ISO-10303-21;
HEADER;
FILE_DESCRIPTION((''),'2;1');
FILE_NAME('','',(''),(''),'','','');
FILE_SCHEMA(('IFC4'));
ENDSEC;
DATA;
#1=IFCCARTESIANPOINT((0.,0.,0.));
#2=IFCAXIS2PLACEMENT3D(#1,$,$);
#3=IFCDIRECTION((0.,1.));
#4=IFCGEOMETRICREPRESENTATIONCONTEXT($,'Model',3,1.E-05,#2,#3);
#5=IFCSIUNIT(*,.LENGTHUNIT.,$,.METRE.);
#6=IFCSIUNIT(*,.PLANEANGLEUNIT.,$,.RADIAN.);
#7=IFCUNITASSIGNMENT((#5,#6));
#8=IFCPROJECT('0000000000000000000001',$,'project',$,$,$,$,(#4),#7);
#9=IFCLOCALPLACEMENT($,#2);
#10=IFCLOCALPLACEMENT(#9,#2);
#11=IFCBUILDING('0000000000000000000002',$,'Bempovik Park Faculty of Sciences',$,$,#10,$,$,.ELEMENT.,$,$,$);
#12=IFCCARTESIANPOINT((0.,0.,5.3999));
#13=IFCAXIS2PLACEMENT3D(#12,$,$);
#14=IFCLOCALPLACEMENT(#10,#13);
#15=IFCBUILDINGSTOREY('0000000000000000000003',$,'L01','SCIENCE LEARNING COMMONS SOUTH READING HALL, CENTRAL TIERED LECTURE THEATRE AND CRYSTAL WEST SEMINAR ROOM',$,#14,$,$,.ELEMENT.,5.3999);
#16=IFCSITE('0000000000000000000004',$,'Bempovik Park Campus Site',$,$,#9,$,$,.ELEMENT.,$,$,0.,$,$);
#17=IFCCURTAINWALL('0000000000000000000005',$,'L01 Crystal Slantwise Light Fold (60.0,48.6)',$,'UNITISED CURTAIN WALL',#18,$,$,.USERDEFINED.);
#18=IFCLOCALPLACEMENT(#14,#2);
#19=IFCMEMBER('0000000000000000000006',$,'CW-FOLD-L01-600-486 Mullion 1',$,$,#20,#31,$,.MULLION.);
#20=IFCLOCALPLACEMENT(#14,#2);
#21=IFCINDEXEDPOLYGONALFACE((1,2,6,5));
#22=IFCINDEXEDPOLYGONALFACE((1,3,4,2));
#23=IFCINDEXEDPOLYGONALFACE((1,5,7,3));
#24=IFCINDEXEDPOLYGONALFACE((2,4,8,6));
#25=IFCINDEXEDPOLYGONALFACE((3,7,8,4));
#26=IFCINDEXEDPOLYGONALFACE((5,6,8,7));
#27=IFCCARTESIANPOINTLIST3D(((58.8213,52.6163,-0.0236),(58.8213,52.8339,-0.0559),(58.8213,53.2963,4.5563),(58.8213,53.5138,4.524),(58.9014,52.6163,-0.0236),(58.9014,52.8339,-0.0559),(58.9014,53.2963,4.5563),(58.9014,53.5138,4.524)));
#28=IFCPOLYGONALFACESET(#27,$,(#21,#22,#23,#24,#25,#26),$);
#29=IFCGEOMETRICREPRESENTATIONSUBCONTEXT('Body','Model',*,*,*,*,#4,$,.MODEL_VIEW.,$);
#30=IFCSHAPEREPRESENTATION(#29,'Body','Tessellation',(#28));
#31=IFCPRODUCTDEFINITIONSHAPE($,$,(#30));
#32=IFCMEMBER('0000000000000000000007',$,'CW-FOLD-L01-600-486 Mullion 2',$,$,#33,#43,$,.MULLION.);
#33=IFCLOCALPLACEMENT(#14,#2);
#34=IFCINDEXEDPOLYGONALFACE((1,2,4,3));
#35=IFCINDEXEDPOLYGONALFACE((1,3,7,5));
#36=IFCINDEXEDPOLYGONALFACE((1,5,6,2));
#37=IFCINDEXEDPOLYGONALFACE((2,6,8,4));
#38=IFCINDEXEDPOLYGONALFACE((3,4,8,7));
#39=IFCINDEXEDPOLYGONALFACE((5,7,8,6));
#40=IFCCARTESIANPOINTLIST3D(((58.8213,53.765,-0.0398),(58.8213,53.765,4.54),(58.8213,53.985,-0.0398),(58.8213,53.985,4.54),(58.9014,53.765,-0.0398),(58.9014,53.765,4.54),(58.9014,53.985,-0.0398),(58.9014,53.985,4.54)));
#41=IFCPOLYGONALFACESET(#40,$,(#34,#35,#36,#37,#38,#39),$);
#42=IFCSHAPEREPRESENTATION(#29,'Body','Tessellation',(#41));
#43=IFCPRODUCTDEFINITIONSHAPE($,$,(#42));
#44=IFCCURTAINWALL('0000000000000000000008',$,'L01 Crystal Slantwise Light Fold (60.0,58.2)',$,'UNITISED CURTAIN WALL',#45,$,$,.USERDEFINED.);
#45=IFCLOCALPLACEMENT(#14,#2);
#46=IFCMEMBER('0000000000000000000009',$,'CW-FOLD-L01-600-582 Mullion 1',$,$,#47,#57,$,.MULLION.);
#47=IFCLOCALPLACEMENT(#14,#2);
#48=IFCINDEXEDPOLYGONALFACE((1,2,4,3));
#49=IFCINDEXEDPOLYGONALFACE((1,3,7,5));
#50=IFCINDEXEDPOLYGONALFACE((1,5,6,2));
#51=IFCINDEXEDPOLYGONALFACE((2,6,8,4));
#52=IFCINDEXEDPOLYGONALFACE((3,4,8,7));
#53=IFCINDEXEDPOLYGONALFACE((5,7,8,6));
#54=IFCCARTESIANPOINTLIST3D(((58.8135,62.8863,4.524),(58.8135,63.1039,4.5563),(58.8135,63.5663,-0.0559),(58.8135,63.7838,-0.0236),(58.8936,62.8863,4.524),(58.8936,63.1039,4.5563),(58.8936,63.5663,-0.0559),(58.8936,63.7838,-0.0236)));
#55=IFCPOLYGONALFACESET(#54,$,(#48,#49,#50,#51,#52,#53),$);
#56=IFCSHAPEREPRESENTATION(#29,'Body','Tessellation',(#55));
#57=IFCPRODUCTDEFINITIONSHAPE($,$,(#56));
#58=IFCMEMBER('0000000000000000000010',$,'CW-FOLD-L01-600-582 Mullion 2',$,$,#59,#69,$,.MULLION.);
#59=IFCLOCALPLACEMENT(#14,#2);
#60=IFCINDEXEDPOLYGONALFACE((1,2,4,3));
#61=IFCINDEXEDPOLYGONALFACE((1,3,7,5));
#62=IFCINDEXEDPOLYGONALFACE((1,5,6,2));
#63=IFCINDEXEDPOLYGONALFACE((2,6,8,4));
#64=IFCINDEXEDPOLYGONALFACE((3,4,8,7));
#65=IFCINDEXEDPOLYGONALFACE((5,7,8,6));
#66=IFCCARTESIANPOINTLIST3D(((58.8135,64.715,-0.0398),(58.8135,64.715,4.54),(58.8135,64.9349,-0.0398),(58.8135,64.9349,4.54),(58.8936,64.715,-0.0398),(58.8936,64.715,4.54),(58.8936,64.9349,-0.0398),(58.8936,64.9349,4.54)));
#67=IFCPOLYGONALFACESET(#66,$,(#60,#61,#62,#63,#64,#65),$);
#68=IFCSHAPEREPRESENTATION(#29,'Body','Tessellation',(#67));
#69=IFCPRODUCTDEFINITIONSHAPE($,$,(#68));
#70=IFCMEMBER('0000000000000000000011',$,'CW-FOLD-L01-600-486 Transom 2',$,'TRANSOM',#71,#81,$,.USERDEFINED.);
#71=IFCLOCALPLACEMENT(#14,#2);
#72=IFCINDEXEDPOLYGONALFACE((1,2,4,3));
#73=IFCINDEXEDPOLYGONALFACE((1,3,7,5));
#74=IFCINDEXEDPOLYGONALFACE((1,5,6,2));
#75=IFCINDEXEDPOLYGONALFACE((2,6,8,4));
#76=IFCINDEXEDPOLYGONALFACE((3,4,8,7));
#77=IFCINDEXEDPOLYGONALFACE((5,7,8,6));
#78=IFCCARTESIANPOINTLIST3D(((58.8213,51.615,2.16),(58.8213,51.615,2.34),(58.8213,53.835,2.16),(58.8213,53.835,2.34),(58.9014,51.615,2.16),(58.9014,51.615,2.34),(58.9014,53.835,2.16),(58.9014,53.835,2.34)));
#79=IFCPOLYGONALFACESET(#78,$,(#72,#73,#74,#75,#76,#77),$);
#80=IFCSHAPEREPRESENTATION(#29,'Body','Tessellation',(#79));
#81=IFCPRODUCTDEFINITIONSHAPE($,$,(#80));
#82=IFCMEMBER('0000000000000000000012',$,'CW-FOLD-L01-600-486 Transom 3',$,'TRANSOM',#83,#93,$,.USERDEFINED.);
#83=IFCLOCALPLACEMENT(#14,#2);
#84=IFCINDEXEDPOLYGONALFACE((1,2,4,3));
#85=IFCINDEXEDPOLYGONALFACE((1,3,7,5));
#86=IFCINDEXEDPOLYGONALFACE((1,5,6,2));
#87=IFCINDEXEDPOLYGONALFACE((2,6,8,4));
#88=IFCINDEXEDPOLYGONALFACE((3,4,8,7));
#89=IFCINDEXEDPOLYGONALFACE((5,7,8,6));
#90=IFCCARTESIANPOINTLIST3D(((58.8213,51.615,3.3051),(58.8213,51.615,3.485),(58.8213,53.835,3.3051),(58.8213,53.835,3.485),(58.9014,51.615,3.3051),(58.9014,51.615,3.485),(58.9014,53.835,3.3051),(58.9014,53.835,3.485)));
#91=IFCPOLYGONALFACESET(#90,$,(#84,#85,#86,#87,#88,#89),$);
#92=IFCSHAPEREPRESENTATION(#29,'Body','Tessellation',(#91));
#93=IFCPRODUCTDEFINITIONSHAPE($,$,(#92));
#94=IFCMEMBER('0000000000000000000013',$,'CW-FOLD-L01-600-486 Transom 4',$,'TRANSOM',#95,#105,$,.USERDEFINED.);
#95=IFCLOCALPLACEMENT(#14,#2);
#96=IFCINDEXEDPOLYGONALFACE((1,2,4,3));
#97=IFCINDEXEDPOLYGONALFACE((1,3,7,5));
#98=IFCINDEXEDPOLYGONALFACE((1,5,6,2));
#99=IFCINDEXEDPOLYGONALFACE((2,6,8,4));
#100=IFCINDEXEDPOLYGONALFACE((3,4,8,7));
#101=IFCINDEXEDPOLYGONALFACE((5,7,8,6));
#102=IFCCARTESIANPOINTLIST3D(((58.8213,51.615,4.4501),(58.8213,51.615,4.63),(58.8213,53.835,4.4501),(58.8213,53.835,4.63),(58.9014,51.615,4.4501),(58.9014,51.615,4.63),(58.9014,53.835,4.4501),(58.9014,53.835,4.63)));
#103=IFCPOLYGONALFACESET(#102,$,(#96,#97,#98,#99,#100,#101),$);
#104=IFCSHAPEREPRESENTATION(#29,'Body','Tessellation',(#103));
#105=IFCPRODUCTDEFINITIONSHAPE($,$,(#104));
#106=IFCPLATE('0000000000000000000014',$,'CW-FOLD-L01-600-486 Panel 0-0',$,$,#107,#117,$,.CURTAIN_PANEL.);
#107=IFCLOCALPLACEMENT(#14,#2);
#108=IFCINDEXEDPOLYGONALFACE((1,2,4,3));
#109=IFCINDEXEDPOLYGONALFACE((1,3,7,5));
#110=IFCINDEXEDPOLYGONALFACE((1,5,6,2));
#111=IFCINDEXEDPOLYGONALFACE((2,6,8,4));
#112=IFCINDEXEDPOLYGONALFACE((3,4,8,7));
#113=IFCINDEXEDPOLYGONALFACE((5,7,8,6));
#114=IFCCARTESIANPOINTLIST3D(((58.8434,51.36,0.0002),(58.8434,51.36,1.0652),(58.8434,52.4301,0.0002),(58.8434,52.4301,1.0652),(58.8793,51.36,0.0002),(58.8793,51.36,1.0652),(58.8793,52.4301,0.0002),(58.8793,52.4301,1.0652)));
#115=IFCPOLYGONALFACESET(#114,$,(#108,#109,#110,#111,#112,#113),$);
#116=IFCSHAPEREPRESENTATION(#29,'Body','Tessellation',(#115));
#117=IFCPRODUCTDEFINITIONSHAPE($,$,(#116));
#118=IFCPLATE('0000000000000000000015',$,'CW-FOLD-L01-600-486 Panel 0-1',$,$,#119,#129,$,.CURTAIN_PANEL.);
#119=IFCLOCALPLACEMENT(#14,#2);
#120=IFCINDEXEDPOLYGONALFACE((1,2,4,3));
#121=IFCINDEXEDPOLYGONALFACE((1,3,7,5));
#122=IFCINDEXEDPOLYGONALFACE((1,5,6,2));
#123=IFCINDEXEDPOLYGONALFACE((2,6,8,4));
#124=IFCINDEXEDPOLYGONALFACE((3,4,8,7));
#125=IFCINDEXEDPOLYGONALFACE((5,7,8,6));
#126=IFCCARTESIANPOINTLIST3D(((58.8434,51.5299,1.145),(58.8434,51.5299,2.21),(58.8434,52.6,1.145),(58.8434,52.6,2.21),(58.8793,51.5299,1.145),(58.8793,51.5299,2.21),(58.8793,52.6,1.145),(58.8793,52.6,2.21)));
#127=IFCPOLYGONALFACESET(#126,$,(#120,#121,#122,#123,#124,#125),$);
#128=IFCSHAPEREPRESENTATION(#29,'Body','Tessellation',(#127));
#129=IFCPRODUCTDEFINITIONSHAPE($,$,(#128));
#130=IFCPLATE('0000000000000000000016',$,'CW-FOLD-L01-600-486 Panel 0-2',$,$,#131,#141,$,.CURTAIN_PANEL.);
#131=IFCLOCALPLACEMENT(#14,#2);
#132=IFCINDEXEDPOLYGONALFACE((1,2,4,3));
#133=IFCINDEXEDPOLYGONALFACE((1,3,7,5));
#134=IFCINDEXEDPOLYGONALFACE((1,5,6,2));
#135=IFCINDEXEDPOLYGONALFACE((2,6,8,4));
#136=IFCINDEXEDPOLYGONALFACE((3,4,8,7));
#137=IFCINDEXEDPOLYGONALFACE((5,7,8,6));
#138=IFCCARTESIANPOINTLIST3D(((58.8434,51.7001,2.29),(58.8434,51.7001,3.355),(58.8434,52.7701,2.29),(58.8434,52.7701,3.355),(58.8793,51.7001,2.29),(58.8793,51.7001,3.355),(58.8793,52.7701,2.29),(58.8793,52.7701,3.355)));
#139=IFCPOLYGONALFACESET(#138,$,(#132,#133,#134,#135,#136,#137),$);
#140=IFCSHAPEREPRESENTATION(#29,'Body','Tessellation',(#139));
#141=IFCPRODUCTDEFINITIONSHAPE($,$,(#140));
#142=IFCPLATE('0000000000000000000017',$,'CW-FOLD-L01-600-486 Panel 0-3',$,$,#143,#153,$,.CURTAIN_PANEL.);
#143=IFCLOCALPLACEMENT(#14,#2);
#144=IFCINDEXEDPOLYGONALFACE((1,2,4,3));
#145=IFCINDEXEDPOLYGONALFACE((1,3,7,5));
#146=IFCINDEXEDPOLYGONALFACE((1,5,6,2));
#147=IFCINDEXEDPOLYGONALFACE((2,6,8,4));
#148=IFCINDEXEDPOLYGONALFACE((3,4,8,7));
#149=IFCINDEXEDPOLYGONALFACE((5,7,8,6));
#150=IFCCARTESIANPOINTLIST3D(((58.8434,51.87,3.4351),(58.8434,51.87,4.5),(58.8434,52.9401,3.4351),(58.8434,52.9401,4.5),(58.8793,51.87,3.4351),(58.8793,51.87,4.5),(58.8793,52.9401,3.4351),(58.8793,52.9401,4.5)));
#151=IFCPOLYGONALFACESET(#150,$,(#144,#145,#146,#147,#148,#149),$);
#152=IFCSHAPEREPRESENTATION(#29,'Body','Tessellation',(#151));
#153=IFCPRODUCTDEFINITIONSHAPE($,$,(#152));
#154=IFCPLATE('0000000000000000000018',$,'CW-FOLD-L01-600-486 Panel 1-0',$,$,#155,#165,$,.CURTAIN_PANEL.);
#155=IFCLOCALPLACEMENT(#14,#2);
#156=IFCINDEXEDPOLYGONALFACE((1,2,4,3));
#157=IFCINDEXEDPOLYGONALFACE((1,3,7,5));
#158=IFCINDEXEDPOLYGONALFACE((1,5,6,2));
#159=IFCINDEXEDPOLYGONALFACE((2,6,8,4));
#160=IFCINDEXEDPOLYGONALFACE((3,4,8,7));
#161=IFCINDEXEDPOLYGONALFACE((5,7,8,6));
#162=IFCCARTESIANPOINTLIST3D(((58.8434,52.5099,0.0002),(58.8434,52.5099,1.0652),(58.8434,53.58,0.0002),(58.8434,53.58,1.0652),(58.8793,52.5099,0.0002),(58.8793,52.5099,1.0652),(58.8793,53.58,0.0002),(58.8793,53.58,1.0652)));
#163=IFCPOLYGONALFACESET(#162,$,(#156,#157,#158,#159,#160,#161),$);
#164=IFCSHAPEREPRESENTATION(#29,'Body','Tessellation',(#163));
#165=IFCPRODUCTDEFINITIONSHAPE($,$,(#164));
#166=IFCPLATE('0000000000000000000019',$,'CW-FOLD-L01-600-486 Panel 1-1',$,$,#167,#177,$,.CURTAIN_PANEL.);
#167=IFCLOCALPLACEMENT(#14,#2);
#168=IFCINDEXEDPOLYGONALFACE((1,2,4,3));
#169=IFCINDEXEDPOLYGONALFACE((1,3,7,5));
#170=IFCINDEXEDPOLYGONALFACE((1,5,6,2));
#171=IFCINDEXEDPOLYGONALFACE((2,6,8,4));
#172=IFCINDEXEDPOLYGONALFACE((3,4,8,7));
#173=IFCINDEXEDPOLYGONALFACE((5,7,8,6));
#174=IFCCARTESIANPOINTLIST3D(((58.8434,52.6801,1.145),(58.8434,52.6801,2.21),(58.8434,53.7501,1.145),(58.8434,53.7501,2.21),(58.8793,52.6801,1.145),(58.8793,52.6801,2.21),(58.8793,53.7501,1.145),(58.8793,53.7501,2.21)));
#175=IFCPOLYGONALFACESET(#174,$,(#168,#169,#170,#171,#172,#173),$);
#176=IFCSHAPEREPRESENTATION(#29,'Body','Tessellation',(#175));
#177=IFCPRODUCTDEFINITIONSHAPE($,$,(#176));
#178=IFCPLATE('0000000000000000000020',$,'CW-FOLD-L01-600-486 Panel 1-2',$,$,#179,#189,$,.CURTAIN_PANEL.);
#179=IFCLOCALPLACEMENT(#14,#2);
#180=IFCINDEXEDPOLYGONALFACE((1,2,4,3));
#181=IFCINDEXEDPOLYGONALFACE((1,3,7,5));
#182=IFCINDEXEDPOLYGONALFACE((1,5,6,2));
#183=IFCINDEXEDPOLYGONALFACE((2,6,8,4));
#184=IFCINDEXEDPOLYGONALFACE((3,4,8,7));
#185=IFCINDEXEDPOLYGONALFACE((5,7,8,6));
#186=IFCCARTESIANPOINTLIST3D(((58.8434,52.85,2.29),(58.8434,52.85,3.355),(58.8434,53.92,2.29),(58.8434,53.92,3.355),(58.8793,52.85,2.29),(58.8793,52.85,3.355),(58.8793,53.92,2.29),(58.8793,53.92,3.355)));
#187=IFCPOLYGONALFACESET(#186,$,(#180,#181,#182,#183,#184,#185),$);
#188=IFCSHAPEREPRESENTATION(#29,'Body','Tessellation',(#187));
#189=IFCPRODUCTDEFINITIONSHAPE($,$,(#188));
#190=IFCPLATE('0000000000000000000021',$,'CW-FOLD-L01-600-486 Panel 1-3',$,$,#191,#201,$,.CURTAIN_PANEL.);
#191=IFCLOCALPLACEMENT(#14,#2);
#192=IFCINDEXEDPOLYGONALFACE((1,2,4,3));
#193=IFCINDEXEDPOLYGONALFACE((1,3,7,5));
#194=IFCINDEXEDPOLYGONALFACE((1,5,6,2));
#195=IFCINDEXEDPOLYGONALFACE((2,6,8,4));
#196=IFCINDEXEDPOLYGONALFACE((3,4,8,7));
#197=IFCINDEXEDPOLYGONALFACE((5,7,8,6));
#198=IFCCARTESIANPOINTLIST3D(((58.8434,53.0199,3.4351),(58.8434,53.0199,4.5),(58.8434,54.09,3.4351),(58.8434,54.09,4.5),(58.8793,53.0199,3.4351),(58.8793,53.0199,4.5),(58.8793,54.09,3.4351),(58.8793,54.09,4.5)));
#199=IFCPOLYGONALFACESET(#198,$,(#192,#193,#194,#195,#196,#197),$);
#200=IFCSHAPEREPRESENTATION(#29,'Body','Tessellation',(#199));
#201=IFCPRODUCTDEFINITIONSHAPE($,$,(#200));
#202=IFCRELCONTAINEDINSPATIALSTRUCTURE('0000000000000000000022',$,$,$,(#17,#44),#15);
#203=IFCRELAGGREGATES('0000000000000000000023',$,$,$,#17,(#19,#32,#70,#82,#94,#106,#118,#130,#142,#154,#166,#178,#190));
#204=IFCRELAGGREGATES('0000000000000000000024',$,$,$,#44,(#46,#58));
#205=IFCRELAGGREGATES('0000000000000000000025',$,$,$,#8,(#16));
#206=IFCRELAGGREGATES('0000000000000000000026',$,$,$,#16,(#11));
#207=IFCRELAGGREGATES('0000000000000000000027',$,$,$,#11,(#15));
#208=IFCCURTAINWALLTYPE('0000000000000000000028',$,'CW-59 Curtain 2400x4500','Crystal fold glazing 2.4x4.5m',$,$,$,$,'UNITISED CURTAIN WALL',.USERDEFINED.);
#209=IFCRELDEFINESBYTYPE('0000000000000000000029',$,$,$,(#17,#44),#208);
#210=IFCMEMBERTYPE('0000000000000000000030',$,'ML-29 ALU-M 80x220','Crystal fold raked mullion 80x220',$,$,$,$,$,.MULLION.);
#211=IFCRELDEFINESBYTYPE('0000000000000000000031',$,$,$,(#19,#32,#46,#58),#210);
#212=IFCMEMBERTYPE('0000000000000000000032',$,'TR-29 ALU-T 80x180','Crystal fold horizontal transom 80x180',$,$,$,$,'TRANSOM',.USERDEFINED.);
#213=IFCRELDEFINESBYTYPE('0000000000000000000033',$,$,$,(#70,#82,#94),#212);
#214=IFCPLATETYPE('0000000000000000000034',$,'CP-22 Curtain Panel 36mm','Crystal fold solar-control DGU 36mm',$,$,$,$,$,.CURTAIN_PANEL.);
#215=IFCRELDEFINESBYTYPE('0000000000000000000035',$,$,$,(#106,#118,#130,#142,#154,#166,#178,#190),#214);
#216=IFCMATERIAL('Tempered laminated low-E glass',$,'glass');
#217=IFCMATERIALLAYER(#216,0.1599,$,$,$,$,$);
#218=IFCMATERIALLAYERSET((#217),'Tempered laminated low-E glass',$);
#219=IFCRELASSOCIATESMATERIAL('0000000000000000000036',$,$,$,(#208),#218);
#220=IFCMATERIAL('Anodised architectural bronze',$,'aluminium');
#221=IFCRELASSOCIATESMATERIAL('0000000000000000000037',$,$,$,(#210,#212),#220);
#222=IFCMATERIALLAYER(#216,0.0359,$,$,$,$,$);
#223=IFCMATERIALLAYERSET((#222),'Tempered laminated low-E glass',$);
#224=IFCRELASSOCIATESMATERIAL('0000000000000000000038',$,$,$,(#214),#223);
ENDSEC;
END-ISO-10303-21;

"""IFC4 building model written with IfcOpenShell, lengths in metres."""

from ifc_helpers import new_model, si_unit, direction, frame, origin, origin_2d, place, context, subcontext, project, spatial, rectangle, extrude, material, layer, layer_set, material_profile, profile_set, type_object, element, aggregate, save


model = new_model("IFC4")

# Units and contexts
model_context = context("Model", 3, precision=1e-05, world=origin(), true_north=direction((0.0, 1.0)))
body_context = subcontext(model_context, "Body", "Model", "MODEL_VIEW")
ifc_project = project(units=[si_unit("LENGTHUNIT", "METRE"), si_unit("PLANEANGLEUNIT", "RADIAN")], contexts=[model_context])

# Site, building, storey
site_placement = place(None, origin())
site = spatial("IfcSite", under=ifc_project, at=site_placement, Name="Bempovik Park Campus Site", CompositionType="ELEMENT", RefElevation=0.0)
building_placement = place(site_placement, origin())
building = spatial("IfcBuilding", under=site, at=building_placement, Name="Bempovik Park Faculty of Sciences", CompositionType="ELEMENT")
storey_placement = place(building_placement, frame((0.0, 0.0, 5.3999)))
storey = spatial("IfcBuildingStorey", under=building, at=storey_placement, Name="L01", Description="SCIENCE LEARNING COMMONS SOUTH READING HALL, CENTRAL TIERED LECTURE THEATRE AND CRYSTAL WEST SEMINAR ROOM", CompositionType="ELEMENT", Elevation=5.3999)

# Curtain walls, members
ifc_material_1 = material(Name="Tempered laminated low-E glass", Category="glass")
ifc_layer_1 = layer(ifc_material_1, 0.1599)
ifc_layer_set_1 = layer_set([ifc_layer_1], Name="Tempered laminated low-E glass")
curtain_wall_type = type_object("IfcCurtainWallType", Name="CW-59 Curtain 2400x4500", Description="Crystal fold glazing 2.4x4.5m", ElementType="UNITISED CURTAIN WALL", PredefinedType="USERDEFINED", material=ifc_layer_set_1)
curtain_wall_1_placement = place(storey_placement, origin())
curtain_wall_1 = element("IfcCurtainWall", 1, at=curtain_wall_1_placement, inside=storey, type_object=curtain_wall_type, Name="L01 Crystal Slantwise Light Fold (60.0,48.6)", ObjectType="UNITISED CURTAIN WALL", PredefinedType="USERDEFINED")
ifc_material_2 = material(Name="Anodised architectural bronze", Category="aluminium")
ifc_material_profile_1 = material_profile(ifc_material_2, rectangle(XDim=0.0801, YDim=0.22, at=origin_2d()), Name="ALU-M 80x220")
ifc_profile_set_1 = profile_set([ifc_material_profile_1], Name="Anodised architectural bronze")
member_type_1 = type_object("IfcMemberType", Name="ML-29 ALU-M 80x220", Description="Crystal fold raked mullion 80x220", PredefinedType="MULLION", material=ifc_profile_set_1)
member_1_placement = place(storey_placement, frame((58.8613, 52.7251, -0.0398), z_axis=(0.0, 0.146853, 0.989158), x_axis=(-1.0, 0.0, 0.0)))
member_1 = element("IfcMember", 2, at=member_1_placement, type_object=member_type_1, Name="CW-FOLD-L01-600-486 Mullion 1", PredefinedType="MULLION", context=body_context, shape_type="SweptSolid", body=[
    extrude(rectangle(XDim=0.0801, YDim=0.22, at=origin_2d()), origin(), (0.0, 0.0, 1.0), 4.6301),
])
member_2_placement = place(storey_placement, frame((58.8613, 53.875, -0.0398), z_axis=(0.0, 0.0, 1.0), x_axis=(1.0, 0.0, 0.0)))
member_2 = element("IfcMember", 3, at=member_2_placement, type_object=member_type_1, Name="CW-FOLD-L01-600-486 Mullion 2", PredefinedType="MULLION", context=body_context, shape_type="SweptSolid", body=[
    extrude(rectangle(XDim=0.0801, YDim=0.22, at=origin_2d()), origin(), (0.0, 0.0, 1.0), 4.5798),
])
curtain_wall_2_placement = place(storey_placement, origin())
curtain_wall_2 = element("IfcCurtainWall", 4, at=curtain_wall_2_placement, inside=storey, type_object=curtain_wall_type, Name="L01 Crystal Slantwise Light Fold (60.0,58.2)", ObjectType="UNITISED CURTAIN WALL", PredefinedType="USERDEFINED")
member_3_placement = place(storey_placement, frame((58.8535, 63.675, -0.0398), z_axis=(0.0, -0.146853, 0.989158), x_axis=(1.0, 0.0, 0.0)))
member_3 = element("IfcMember", 5, at=member_3_placement, type_object=member_type_1, Name="CW-FOLD-L01-600-582 Mullion 1", PredefinedType="MULLION", context=body_context, shape_type="SweptSolid", body=[
    extrude(rectangle(XDim=0.0801, YDim=0.22, at=origin_2d()), origin(), (0.0, 0.0, 1.0), 4.6301),
])
member_4_placement = place(storey_placement, frame((58.8535, 64.825, -0.0398), z_axis=(0.0, 0.0, 1.0), x_axis=(1.0, 0.0, 0.0)))
member_4 = element("IfcMember", 6, at=member_4_placement, type_object=member_type_1, Name="CW-FOLD-L01-600-582 Mullion 2", PredefinedType="MULLION", context=body_context, shape_type="SweptSolid", body=[
    extrude(rectangle(XDim=0.0801, YDim=0.22, at=origin_2d()), origin(), (0.0, 0.0, 1.0), 4.5798),
])

# Members
ifc_material_profile_2 = material_profile(ifc_material_2, rectangle(XDim=0.0801, YDim=0.1799, at=origin_2d()), Name="ALU-T 80x180")
ifc_profile_set_2 = profile_set([ifc_material_profile_2], Name="Anodised architectural bronze")
member_type_2 = type_object("IfcMemberType", Name="TR-29 ALU-T 80x180", Description="Crystal fold horizontal transom 80x180", ElementType="TRANSOM", PredefinedType="USERDEFINED", material=ifc_profile_set_2)
member_5_placement = place(storey_placement, frame((58.8613, 51.615, 2.25), z_axis=(0.0, 1.0, 0.0), x_axis=(-1.0, 0.0, 0.0)))
member_5 = element("IfcMember", 7, at=member_5_placement, type_object=member_type_2, Name="CW-FOLD-L01-600-486 Transom 2", ObjectType="TRANSOM", PredefinedType="USERDEFINED", context=body_context, shape_type="SweptSolid", body=[
    extrude(rectangle(XDim=0.0801, YDim=0.1799, at=origin_2d()), origin(), (0.0, 0.0, 1.0), 2.22),
])
member_6_placement = place(storey_placement, frame((58.8613, 51.615, 3.395), z_axis=(0.0, 1.0, 0.0), x_axis=(-1.0, 0.0, 0.0)))
member_6 = element("IfcMember", 8, at=member_6_placement, type_object=member_type_2, Name="CW-FOLD-L01-600-486 Transom 3", ObjectType="TRANSOM", PredefinedType="USERDEFINED", context=body_context, shape_type="SweptSolid", body=[
    extrude(rectangle(XDim=0.0801, YDim=0.1799, at=origin_2d()), origin(), (0.0, 0.0, 1.0), 2.22),
])
member_7_placement = place(storey_placement, frame((58.8613, 51.615, 4.54), z_axis=(0.0, 1.0, 0.0), x_axis=(-1.0, 0.0, 0.0)))
member_7 = element("IfcMember", 9, at=member_7_placement, type_object=member_type_2, Name="CW-FOLD-L01-600-486 Transom 4", ObjectType="TRANSOM", PredefinedType="USERDEFINED", context=body_context, shape_type="SweptSolid", body=[
    extrude(rectangle(XDim=0.0801, YDim=0.1799, at=origin_2d()), origin(), (0.0, 0.0, 1.0), 2.22),
])

# Plates
ifc_layer_2 = layer(ifc_material_1, 0.0359)
ifc_layer_set_2 = layer_set([ifc_layer_2], Name="Tempered laminated low-E glass")
plate_type = type_object("IfcPlateType", Name="CP-22 Curtain Panel 36mm", Description="Crystal fold solar-control DGU 36mm", PredefinedType="CURTAIN_PANEL", material=ifc_layer_set_2)
plate_1_placement = place(storey_placement, frame((58.8613, 51.895, 0.0002), z_axis=(0.0, 0.0, 1.0), x_axis=(0.0, 1.0, 0.0)))
plate_1 = element("IfcPlate", 10, at=plate_1_placement, type_object=plate_type, Name="CW-FOLD-L01-600-486 Panel 0-0", PredefinedType="CURTAIN_PANEL", context=body_context, shape_type="SweptSolid", body=[
    extrude(rectangle(XDim=1.0701, YDim=0.0359, at=origin_2d()), origin(), (0.0, 0.0, 1.0), 1.0649),
])
plate_2_placement = place(storey_placement, frame((58.8613, 52.0649, 1.145), z_axis=(0.0, 0.0, 1.0), x_axis=(0.0, 1.0, 0.0)))
plate_2 = element("IfcPlate", 11, at=plate_2_placement, type_object=plate_type, Name="CW-FOLD-L01-600-486 Panel 0-1", PredefinedType="CURTAIN_PANEL", context=body_context, shape_type="SweptSolid", body=[
    extrude(rectangle(XDim=1.0701, YDim=0.0359, at=origin_2d()), origin(), (0.0, 0.0, 1.0), 1.0649),
])
plate_3_placement = place(storey_placement, frame((58.8613, 52.2351, 2.29), z_axis=(0.0, 0.0, 1.0), x_axis=(0.0, 1.0, 0.0)))
plate_3 = element("IfcPlate", 12, at=plate_3_placement, type_object=plate_type, Name="CW-FOLD-L01-600-486 Panel 0-2", PredefinedType="CURTAIN_PANEL", context=body_context, shape_type="SweptSolid", body=[
    extrude(rectangle(XDim=1.0701, YDim=0.0359, at=origin_2d()), origin(), (0.0, 0.0, 1.0), 1.0649),
])
plate_4_placement = place(storey_placement, frame((58.8613, 52.405, 3.4351), z_axis=(0.0, 0.0, 1.0), x_axis=(0.0, 1.0, 0.0)))
plate_4 = element("IfcPlate", 13, at=plate_4_placement, type_object=plate_type, Name="CW-FOLD-L01-600-486 Panel 0-3", PredefinedType="CURTAIN_PANEL", context=body_context, shape_type="SweptSolid", body=[
    extrude(rectangle(XDim=1.0701, YDim=0.0359, at=origin_2d()), origin(), (0.0, 0.0, 1.0), 1.0649),
])
plate_5_placement = place(storey_placement, frame((58.8613, 53.0449, 0.0002), z_axis=(0.0, 0.0, 1.0), x_axis=(0.0, 1.0, 0.0)))
plate_5 = element("IfcPlate", 14, at=plate_5_placement, type_object=plate_type, Name="CW-FOLD-L01-600-486 Panel 1-0", PredefinedType="CURTAIN_PANEL", context=body_context, shape_type="SweptSolid", body=[
    extrude(rectangle(XDim=1.0701, YDim=0.0359, at=origin_2d()), origin(), (0.0, 0.0, 1.0), 1.0649),
])
plate_6_placement = place(storey_placement, frame((58.8613, 53.2151, 1.145), z_axis=(0.0, 0.0, 1.0), x_axis=(0.0, 1.0, 0.0)))
plate_6 = element("IfcPlate", 15, at=plate_6_placement, type_object=plate_type, Name="CW-FOLD-L01-600-486 Panel 1-1", PredefinedType="CURTAIN_PANEL", context=body_context, shape_type="SweptSolid", body=[
    extrude(rectangle(XDim=1.0701, YDim=0.0359, at=origin_2d()), origin(), (0.0, 0.0, 1.0), 1.0649),
])
plate_7_placement = place(storey_placement, frame((58.8613, 53.385, 2.29), z_axis=(0.0, 0.0, 1.0), x_axis=(0.0, 1.0, 0.0)))
plate_7 = element("IfcPlate", 16, at=plate_7_placement, type_object=plate_type, Name="CW-FOLD-L01-600-486 Panel 1-2", PredefinedType="CURTAIN_PANEL", context=body_context, shape_type="SweptSolid", body=[
    extrude(rectangle(XDim=1.0701, YDim=0.0359, at=origin_2d()), origin(), (0.0, 0.0, 1.0), 1.0649),
])
plate_8_placement = place(storey_placement, frame((58.8613, 53.5549, 3.4351), z_axis=(0.0, 0.0, 1.0), x_axis=(0.0, 1.0, 0.0)))
plate_8 = element("IfcPlate", 17, at=plate_8_placement, type_object=plate_type, Name="CW-FOLD-L01-600-486 Panel 1-3", PredefinedType="CURTAIN_PANEL", context=body_context, shape_type="SweptSolid", body=[
    extrude(rectangle(XDim=1.0701, YDim=0.0359, at=origin_2d()), origin(), (0.0, 0.0, 1.0), 1.0649),
])
aggregate(curtain_wall_1, [member_1, member_2, member_5, member_6, member_7, plate_1, plate_2, plate_3, plate_4, plate_5, plate_6, plate_7, plate_8])
aggregate(curtain_wall_2, [member_3, member_4])

save(model, "model.ifc")
